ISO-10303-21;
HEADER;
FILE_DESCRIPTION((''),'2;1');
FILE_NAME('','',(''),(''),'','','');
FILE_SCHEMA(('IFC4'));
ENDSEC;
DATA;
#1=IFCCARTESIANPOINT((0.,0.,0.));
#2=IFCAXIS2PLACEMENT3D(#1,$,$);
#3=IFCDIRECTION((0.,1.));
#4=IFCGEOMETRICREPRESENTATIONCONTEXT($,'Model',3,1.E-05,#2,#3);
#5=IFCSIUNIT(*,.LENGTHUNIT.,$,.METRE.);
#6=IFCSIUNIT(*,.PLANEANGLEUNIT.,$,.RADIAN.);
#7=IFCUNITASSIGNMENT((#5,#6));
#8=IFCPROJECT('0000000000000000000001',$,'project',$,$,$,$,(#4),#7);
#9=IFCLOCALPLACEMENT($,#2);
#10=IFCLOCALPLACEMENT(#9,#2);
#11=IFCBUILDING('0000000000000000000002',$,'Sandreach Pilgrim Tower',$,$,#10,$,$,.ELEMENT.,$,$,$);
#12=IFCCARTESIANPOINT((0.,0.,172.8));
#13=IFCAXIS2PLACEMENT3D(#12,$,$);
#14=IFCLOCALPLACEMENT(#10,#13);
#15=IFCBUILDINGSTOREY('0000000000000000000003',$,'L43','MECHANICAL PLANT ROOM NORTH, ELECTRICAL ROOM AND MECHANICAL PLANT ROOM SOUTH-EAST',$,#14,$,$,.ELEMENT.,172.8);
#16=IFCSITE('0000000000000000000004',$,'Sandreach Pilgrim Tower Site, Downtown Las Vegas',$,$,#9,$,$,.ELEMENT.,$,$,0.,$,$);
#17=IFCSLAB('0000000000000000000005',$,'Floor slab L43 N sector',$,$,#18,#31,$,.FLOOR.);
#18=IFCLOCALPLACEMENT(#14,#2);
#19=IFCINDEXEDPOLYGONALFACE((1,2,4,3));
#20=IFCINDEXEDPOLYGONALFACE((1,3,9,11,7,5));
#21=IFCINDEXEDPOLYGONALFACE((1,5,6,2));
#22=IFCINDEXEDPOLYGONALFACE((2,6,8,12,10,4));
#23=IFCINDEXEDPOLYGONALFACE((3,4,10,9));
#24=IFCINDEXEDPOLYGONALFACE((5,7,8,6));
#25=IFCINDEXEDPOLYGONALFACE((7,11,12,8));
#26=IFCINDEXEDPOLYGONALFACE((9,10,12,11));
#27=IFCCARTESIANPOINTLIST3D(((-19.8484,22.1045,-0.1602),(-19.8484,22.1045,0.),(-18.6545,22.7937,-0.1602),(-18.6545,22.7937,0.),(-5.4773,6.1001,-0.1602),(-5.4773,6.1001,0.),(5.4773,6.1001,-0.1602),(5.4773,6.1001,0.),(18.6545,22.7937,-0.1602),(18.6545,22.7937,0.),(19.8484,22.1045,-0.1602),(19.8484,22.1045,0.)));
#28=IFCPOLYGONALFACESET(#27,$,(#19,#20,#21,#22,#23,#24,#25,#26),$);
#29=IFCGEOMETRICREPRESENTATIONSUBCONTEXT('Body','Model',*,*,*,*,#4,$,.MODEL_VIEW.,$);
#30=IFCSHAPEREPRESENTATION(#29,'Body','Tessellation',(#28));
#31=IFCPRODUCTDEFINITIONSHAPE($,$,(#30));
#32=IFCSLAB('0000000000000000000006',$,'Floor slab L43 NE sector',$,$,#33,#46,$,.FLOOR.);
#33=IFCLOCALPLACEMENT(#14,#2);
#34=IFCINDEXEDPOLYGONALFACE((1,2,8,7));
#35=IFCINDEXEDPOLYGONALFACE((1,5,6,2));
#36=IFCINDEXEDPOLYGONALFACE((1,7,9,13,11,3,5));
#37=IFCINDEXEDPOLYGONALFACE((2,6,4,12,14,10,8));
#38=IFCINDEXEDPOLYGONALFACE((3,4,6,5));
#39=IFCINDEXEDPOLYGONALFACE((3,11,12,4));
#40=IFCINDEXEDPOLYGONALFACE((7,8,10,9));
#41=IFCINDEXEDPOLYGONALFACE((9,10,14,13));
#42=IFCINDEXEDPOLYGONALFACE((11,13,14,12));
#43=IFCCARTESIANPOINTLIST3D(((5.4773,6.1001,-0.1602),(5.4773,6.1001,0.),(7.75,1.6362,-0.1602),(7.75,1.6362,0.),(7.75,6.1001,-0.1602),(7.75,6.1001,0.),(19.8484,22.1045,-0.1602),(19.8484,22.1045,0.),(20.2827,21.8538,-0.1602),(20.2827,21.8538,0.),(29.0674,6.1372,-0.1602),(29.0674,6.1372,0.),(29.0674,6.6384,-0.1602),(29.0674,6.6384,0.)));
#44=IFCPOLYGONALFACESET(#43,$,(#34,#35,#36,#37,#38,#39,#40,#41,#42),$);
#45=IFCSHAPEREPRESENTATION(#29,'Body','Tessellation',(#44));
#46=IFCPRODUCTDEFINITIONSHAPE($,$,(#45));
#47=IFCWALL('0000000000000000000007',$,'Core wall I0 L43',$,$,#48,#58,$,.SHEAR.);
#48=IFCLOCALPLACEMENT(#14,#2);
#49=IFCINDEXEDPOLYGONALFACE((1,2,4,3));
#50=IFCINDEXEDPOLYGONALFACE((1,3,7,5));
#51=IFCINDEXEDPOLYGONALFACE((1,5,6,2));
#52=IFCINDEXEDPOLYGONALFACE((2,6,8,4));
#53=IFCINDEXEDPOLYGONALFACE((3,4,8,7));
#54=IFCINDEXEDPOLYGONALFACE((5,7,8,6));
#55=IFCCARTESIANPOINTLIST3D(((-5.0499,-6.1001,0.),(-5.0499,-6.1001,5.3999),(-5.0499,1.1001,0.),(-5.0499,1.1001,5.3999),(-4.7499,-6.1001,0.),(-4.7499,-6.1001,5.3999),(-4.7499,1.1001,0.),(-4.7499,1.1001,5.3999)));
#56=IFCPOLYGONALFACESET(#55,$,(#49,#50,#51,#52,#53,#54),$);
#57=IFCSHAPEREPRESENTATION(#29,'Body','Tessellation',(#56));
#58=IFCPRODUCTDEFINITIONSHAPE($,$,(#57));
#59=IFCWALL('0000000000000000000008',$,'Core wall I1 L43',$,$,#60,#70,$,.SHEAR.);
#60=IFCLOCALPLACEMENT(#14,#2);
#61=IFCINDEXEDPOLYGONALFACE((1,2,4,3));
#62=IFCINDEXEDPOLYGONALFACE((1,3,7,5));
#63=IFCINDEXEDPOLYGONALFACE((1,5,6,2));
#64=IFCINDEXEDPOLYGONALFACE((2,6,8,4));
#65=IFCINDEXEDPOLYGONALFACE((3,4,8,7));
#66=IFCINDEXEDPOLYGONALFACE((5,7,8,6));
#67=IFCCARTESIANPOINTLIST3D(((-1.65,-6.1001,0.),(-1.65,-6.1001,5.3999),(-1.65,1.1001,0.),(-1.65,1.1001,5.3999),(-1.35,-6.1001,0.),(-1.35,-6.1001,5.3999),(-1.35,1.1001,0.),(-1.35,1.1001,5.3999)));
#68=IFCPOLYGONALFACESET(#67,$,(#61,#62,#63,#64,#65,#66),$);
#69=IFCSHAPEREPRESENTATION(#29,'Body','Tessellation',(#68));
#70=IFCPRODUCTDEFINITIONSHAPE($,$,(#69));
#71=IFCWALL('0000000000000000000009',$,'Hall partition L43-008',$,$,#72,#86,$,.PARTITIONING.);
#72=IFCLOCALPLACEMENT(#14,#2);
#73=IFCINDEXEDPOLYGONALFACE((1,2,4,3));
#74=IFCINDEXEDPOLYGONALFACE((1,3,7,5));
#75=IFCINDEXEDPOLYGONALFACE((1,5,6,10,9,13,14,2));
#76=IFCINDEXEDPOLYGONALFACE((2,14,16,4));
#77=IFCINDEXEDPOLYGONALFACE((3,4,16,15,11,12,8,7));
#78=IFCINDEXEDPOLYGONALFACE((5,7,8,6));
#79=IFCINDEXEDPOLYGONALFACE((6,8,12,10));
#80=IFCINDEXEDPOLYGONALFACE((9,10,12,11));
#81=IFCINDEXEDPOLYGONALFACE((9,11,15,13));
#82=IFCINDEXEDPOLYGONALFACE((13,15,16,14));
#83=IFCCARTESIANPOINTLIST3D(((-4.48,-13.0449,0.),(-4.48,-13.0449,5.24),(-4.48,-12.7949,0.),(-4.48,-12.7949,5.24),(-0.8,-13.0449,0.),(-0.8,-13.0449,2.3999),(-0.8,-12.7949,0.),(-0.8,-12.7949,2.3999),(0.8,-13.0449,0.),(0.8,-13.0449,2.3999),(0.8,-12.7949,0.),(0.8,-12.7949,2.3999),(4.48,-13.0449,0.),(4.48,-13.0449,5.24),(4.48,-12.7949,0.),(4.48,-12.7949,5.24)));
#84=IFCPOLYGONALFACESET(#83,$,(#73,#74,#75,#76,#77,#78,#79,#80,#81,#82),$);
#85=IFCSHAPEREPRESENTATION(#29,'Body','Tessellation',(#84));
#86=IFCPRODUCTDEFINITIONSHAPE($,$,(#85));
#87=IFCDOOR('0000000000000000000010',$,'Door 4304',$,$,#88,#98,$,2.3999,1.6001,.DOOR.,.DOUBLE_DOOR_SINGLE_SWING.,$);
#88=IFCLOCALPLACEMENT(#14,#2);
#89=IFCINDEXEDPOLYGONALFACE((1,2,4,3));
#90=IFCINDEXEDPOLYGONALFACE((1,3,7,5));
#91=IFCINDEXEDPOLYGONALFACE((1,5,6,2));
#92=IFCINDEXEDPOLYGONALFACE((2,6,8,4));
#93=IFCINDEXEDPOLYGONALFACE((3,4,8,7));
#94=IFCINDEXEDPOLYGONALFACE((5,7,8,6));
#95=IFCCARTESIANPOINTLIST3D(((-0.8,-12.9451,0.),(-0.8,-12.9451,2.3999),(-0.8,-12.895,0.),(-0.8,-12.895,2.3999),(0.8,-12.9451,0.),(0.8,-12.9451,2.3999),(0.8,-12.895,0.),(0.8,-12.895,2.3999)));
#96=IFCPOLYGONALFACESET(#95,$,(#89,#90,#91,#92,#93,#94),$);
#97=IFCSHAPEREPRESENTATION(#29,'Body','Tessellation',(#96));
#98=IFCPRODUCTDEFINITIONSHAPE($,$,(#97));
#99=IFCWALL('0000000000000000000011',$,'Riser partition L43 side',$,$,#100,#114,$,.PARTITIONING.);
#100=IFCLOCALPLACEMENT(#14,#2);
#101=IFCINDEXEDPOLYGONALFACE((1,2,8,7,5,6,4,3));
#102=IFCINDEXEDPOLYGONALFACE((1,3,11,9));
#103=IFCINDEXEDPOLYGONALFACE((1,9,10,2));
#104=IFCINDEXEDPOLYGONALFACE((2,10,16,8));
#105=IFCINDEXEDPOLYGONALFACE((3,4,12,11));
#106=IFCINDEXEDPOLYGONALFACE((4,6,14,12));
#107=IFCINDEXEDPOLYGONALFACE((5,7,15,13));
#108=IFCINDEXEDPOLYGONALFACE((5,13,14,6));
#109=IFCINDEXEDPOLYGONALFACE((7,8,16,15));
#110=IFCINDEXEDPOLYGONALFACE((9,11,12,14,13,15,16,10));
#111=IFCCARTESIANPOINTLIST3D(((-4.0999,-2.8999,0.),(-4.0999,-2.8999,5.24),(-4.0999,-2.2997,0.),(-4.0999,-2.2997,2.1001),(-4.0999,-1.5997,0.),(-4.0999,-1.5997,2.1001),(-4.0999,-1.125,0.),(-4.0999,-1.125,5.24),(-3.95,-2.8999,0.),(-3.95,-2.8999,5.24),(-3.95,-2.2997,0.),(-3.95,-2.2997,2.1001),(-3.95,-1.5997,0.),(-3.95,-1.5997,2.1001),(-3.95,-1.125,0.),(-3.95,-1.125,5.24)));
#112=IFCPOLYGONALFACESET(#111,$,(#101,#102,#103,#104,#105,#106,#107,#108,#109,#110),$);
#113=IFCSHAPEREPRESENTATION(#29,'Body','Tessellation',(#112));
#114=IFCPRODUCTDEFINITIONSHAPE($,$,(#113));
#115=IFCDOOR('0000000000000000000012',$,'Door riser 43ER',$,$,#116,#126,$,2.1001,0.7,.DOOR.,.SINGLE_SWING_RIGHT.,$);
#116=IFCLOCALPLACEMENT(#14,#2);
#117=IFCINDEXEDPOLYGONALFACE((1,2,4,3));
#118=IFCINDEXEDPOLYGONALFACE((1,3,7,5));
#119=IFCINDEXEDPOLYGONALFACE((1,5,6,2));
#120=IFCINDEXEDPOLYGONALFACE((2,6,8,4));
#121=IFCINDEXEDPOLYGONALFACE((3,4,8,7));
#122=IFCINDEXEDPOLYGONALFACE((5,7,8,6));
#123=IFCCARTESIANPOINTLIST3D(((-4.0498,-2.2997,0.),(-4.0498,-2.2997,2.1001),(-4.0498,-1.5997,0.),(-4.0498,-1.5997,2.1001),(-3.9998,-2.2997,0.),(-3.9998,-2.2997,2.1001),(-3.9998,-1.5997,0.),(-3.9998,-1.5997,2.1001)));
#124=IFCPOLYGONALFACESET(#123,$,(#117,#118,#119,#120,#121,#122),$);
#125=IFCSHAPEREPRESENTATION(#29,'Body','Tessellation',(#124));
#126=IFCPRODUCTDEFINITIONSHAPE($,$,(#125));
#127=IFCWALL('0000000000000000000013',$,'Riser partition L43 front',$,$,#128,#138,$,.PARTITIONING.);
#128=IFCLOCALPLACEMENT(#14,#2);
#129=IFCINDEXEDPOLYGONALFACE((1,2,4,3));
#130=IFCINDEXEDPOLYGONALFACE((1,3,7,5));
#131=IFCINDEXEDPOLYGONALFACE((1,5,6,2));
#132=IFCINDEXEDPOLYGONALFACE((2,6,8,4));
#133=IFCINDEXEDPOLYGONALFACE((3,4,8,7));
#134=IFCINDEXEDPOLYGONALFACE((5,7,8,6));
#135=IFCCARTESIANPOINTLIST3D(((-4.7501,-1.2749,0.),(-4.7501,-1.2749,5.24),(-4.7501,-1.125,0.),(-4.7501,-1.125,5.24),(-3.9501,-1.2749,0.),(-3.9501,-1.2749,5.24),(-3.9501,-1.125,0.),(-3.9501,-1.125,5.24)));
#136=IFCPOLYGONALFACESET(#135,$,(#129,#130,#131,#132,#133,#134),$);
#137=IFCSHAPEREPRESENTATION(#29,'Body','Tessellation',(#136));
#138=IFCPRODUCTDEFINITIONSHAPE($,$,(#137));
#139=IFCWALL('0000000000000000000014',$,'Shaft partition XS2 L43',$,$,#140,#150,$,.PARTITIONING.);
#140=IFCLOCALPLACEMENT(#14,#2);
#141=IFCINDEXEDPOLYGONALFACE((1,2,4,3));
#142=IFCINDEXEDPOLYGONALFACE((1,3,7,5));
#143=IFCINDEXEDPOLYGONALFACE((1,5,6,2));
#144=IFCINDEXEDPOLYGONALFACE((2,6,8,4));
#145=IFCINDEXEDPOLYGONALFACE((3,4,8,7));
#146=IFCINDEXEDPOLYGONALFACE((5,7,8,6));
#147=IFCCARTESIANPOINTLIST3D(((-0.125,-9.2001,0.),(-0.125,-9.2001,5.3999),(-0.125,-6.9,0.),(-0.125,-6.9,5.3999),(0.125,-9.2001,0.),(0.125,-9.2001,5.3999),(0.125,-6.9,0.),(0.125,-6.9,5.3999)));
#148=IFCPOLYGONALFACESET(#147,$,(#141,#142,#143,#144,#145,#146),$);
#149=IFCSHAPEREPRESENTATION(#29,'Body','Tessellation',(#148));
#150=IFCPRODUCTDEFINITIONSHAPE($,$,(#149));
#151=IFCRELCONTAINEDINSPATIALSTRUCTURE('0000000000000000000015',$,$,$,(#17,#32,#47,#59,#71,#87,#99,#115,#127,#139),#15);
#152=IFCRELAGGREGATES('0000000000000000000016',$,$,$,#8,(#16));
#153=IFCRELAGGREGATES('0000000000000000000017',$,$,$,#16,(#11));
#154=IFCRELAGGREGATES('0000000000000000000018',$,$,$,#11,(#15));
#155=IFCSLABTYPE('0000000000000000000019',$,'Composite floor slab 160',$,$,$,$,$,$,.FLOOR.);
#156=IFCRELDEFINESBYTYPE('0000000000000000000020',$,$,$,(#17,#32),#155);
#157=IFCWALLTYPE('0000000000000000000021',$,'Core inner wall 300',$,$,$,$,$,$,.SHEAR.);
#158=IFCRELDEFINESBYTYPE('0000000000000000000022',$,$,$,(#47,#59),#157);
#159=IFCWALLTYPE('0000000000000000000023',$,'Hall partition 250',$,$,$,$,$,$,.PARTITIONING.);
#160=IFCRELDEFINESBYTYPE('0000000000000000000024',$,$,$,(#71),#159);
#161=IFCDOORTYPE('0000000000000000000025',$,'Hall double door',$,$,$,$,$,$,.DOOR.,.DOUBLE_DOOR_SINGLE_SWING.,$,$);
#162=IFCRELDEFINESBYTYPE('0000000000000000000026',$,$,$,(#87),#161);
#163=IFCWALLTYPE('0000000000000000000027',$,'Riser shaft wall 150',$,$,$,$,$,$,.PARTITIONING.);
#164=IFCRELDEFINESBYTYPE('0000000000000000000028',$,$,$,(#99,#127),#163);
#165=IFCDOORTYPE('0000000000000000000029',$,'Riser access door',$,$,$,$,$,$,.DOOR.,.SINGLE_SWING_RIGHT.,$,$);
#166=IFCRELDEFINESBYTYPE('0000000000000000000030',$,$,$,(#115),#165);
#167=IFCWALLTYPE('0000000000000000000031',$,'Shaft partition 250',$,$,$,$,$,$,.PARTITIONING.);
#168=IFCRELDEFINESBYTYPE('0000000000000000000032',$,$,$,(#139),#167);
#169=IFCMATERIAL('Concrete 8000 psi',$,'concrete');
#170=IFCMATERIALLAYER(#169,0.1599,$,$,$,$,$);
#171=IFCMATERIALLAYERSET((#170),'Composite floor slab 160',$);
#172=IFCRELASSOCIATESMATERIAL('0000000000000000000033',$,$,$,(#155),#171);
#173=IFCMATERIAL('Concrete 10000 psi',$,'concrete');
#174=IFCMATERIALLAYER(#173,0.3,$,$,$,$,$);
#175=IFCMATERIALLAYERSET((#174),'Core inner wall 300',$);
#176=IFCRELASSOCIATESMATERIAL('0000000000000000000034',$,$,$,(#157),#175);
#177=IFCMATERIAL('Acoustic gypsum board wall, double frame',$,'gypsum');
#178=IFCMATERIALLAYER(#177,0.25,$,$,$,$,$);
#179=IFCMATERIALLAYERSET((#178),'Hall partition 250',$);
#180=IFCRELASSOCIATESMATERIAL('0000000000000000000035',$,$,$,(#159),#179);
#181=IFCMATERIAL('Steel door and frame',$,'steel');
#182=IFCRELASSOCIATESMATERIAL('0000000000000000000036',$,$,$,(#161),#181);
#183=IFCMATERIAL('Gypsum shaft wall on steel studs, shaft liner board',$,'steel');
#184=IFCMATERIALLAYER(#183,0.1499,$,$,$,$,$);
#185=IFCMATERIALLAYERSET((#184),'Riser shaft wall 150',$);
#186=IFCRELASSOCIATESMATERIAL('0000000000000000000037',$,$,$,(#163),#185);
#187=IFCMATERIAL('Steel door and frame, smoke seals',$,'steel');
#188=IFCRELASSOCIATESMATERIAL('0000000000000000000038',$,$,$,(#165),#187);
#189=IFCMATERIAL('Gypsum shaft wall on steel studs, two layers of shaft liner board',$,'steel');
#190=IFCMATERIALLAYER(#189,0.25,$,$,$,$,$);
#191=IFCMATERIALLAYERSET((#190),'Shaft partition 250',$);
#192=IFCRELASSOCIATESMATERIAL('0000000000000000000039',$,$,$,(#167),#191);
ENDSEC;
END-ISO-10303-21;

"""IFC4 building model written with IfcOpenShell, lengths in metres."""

from ifc_helpers import new_model, si_unit, direction, frame, frame_2d, origin, place, context, subcontext, project, spatial, polyline, rectangle, outline, extrude, material, layer, layer_set, type_object, element, fill, save


model = new_model("IFC4")

# Units and contexts
model_context = context("Model", 3, precision=1e-05, world=origin(), true_north=direction((0.0, 1.0)))
body_context = subcontext(model_context, "Body", "Model", "MODEL_VIEW")
ifc_project = project(units=[si_unit("LENGTHUNIT", "METRE"), si_unit("PLANEANGLEUNIT", "RADIAN")], contexts=[model_context])

# Site, building, storey
site_placement = place(None, origin())
site = spatial("IfcSite", under=ifc_project, at=site_placement, Name="Sandreach Pilgrim Tower Site, Downtown Las Vegas", CompositionType="ELEMENT", RefElevation=0.0)
building_placement = place(site_placement, origin())
building = spatial("IfcBuilding", under=site, at=building_placement, Name="Sandreach Pilgrim Tower", CompositionType="ELEMENT")
storey_placement = place(building_placement, frame((0.0, 0.0, 172.8)))
storey = spatial("IfcBuildingStorey", under=building, at=storey_placement, Name="L43", Description="MECHANICAL PLANT ROOM NORTH, ELECTRICAL ROOM AND MECHANICAL PLANT ROOM SOUTH-EAST", CompositionType="ELEMENT", Elevation=172.8)

# Slabs
ifc_material_1 = material(Name="Concrete 8000 psi", Category="concrete")
ifc_layer_1 = layer(ifc_material_1, 0.1599)
ifc_layer_set_1 = layer_set([ifc_layer_1], Name="Composite floor slab 160")
slab_type = type_object("IfcSlabType", Name="Composite floor slab 160", PredefinedType="FLOOR", material=ifc_layer_set_1)
slab_1_placement = place(storey_placement, frame((0.0, 0.0, -0.1602)))
element("IfcSlab", 1, at=slab_1_placement, inside=storey, type_object=slab_type, Name="Floor slab L43 N sector", PredefinedType="FLOOR", context=body_context, shape_type="SweptSolid", body=[
    extrude(outline(polyline([(-18.6545, 22.7937), (18.6545, 22.7937), (19.8484, 22.1045), (5.4773, 6.1001), (-5.4773, 6.1001), (-19.8484, 22.1045), (-18.6545, 22.7937)])), origin(), (0.0, 0.0, 1.0), 0.1602),
])
slab_2_placement = place(storey_placement, frame((0.0, 0.0, -0.1602)))
element("IfcSlab", 2, at=slab_2_placement, inside=storey, type_object=slab_type, Name="Floor slab L43 NE sector", PredefinedType="FLOOR", context=body_context, shape_type="SweptSolid", body=[
    extrude(outline(polyline([(20.2827, 21.8538), (29.0674, 6.6384), (29.0674, 6.1372), (7.75, 1.6362), (7.75, 6.1001), (5.4773, 6.1001), (19.8484, 22.1045), (20.2827, 21.8538)])), origin(), (0.0, 0.0, 1.0), 0.1602),
])

# Walls
ifc_material_2 = material(Name="Concrete 10000 psi", Category="concrete")
ifc_layer_2 = layer(ifc_material_2, 0.3)
ifc_layer_set_2 = layer_set([ifc_layer_2], Name="Core inner wall 300")
wall_type_1 = type_object("IfcWallType", Name="Core inner wall 300", PredefinedType="SHEAR", material=ifc_layer_set_2)
for number, where, z_axis, x_axis, name in (
    (3, (-4.8999, -6.1001, 0.0), (0.0, 0.0, 1.0), (0.0, 1.0, 0.0), "Core wall I0 L43"),
    (4, (-1.5, -6.1001, 0.0), (0.0, 0.0, 1.0), (0.0, 1.0, 0.0), "Core wall I1 L43"),
):
    element("IfcWall", number, at=place(storey_placement, frame(where, z_axis=z_axis, x_axis=x_axis)), inside=storey, type_object=wall_type_1, Name=name, PredefinedType="SHEAR", context=body_context, shape_type="SweptSolid", body=[
        extrude(rectangle(XDim=7.2002, YDim=0.3, at=frame_2d((3.6001, 0.0))), origin(), (0.0, 0.0, 1.0), 5.3999),
    ])

# Walls, openings, doors
ifc_material_3 = material(Name="Acoustic gypsum board wall, double frame", Category="gypsum")
ifc_layer_3 = layer(ifc_material_3, 0.25)
ifc_layer_set_3 = layer_set([ifc_layer_3], Name="Hall partition 250")
wall_type_2 = type_object("IfcWallType", Name="Hall partition 250", PredefinedType="PARTITIONING", material=ifc_layer_set_3)
wall_1_placement = place(storey_placement, frame((-4.48, -12.9199, 0.0), z_axis=(0.0, 0.0, 1.0), x_axis=(1.0, 0.0, 0.0)))
wall_1 = element("IfcWall", 5, at=wall_1_placement, inside=storey, type_object=wall_type_2, Name="Hall partition L43-008", PredefinedType="PARTITIONING", context=body_context, shape_type="SweptSolid", body=[
    extrude(rectangle(XDim=8.96, YDim=0.25, at=frame_2d((4.48, 0.0))), origin(), (0.0, 0.0, 1.0), 5.24),
])
opening_1_placement = place(wall_1_placement, frame((3.6799, 0.0, 0.0)))
opening_1 = element("IfcOpeningElement", 6, at=opening_1_placement, cuts=wall_1, PredefinedType="OPENING", context=body_context, shape_type="SweptSolid", body=[
    extrude(rectangle(XDim=1.6001, YDim=2.3999, at=frame_2d((0.8, 1.2))), frame((0.0, 0.125, 0.0), z_axis=(0.0, -1.0, 0.0), x_axis=(1.0, 0.0, 0.0)), (0.0, 0.0, 1.0), 0.25),
])
ifc_material_4 = material(Name="Steel door and frame", Category="steel")
door_type_1 = type_object("IfcDoorType", Name="Hall double door", OperationType="DOUBLE_DOOR_SINGLE_SWING", PredefinedType="DOOR", material=ifc_material_4)
door_1_placement = place(opening_1_placement, origin())
door_1 = element("IfcDoor", 7, at=door_1_placement, inside=storey, type_object=door_type_1, Name="Door 4304", OperationType="DOUBLE_DOOR_SINGLE_SWING", OverallHeight=2.3999, OverallWidth=1.6001, PredefinedType="DOOR", context=body_context, shape_type="SweptSolid", body=[
    extrude(rectangle(XDim=1.6001, YDim=2.3999, at=frame_2d((0.8, 1.2))), frame((0.0, 0.0249, 0.0), z_axis=(0.0, -1.0, 0.0), x_axis=(1.0, 0.0, 0.0)), (0.0, 0.0, 1.0), 0.05),
])
fill(opening_1, door_1)
ifc_material_5 = material(Name="Gypsum shaft wall on steel studs, shaft liner board", Category="steel")
ifc_layer_4 = layer(ifc_material_5, 0.1499)
ifc_layer_set_4 = layer_set([ifc_layer_4], Name="Riser shaft wall 150")
wall_type_3 = type_object("IfcWallType", Name="Riser shaft wall 150", PredefinedType="PARTITIONING", material=ifc_layer_set_4)
wall_2_placement = place(storey_placement, frame((-4.0249, -2.8999, 0.0), z_axis=(0.0, 0.0, 1.0), x_axis=(0.0, 1.0, 0.0)))
wall_2 = element("IfcWall", 8, at=wall_2_placement, inside=storey, type_object=wall_type_3, Name="Riser partition L43 side", PredefinedType="PARTITIONING", context=body_context, shape_type="SweptSolid", body=[
    extrude(rectangle(XDim=1.7749, YDim=0.1499, at=frame_2d((0.8875, 0.0))), origin(), (0.0, 0.0, 1.0), 5.24),
])
opening_2_placement = place(wall_2_placement, frame((0.6001, 0.0, 0.0)))
opening_2 = element("IfcOpeningElement", 9, at=opening_2_placement, cuts=wall_2, PredefinedType="OPENING", context=body_context, shape_type="SweptSolid", body=[
    extrude(rectangle(XDim=0.7, YDim=2.1001, at=frame_2d((0.3501, 1.05))), frame((0.0, 0.075, 0.0), z_axis=(0.0, -1.0, 0.0), x_axis=(1.0, 0.0, 0.0)), (0.0, 0.0, 1.0), 0.1499),
])
ifc_material_6 = material(Name="Steel door and frame, smoke seals", Category="steel")
door_type_2 = type_object("IfcDoorType", Name="Riser access door", OperationType="SINGLE_SWING_RIGHT", PredefinedType="DOOR", material=ifc_material_6)
door_2_placement = place(opening_2_placement, origin())
door_2 = element("IfcDoor", 10, at=door_2_placement, inside=storey, type_object=door_type_2, Name="Door riser 43ER", OperationType="SINGLE_SWING_RIGHT", OverallHeight=2.1001, OverallWidth=0.7, PredefinedType="DOOR", context=body_context, shape_type="SweptSolid", body=[
    extrude(rectangle(XDim=0.7, YDim=2.1001, at=frame_2d((0.3501, 1.05))), frame((0.0, 0.0249, 0.0), z_axis=(0.0, -1.0, 0.0), x_axis=(1.0, 0.0, 0.0)), (0.0, 0.0, 1.0), 0.05),
])
fill(opening_2, door_2)

# Walls
wall_3_placement = place(storey_placement, frame((-4.75, -1.2, 0.0), z_axis=(0.0, 0.0, 1.0), x_axis=(1.0, 0.0, 0.0)))
element("IfcWall", 11, at=wall_3_placement, inside=storey, type_object=wall_type_3, Name="Riser partition L43 front", PredefinedType="PARTITIONING", context=body_context, shape_type="SweptSolid", body=[
    extrude(rectangle(XDim=0.8, YDim=0.1499, at=frame_2d((0.3999, 0.0))), origin(), (0.0, 0.0, 1.0), 5.24),
])
ifc_material_7 = material(Name="Gypsum shaft wall on steel studs, two layers of shaft liner board", Category="steel")
ifc_layer_5 = layer(ifc_material_7, 0.25)
ifc_layer_set_5 = layer_set([ifc_layer_5], Name="Shaft partition 250")
wall_type_4 = type_object("IfcWallType", Name="Shaft partition 250", PredefinedType="PARTITIONING", material=ifc_layer_set_5)
wall_4_placement = place(storey_placement, frame((0.0, -9.2, 0.0), z_axis=(0.0, 0.0, 1.0), x_axis=(0.0, 1.0, 0.0)))
element("IfcWall", 12, at=wall_4_placement, inside=storey, type_object=wall_type_4, Name="Shaft partition XS2 L43", PredefinedType="PARTITIONING", context=body_context, shape_type="SweptSolid", body=[
    extrude(rectangle(XDim=2.3, YDim=0.25, at=frame_2d((1.1499, 0.0))), origin(), (0.0, 0.0, 1.0), 5.3999),
])

save(model, "model.ifc")
